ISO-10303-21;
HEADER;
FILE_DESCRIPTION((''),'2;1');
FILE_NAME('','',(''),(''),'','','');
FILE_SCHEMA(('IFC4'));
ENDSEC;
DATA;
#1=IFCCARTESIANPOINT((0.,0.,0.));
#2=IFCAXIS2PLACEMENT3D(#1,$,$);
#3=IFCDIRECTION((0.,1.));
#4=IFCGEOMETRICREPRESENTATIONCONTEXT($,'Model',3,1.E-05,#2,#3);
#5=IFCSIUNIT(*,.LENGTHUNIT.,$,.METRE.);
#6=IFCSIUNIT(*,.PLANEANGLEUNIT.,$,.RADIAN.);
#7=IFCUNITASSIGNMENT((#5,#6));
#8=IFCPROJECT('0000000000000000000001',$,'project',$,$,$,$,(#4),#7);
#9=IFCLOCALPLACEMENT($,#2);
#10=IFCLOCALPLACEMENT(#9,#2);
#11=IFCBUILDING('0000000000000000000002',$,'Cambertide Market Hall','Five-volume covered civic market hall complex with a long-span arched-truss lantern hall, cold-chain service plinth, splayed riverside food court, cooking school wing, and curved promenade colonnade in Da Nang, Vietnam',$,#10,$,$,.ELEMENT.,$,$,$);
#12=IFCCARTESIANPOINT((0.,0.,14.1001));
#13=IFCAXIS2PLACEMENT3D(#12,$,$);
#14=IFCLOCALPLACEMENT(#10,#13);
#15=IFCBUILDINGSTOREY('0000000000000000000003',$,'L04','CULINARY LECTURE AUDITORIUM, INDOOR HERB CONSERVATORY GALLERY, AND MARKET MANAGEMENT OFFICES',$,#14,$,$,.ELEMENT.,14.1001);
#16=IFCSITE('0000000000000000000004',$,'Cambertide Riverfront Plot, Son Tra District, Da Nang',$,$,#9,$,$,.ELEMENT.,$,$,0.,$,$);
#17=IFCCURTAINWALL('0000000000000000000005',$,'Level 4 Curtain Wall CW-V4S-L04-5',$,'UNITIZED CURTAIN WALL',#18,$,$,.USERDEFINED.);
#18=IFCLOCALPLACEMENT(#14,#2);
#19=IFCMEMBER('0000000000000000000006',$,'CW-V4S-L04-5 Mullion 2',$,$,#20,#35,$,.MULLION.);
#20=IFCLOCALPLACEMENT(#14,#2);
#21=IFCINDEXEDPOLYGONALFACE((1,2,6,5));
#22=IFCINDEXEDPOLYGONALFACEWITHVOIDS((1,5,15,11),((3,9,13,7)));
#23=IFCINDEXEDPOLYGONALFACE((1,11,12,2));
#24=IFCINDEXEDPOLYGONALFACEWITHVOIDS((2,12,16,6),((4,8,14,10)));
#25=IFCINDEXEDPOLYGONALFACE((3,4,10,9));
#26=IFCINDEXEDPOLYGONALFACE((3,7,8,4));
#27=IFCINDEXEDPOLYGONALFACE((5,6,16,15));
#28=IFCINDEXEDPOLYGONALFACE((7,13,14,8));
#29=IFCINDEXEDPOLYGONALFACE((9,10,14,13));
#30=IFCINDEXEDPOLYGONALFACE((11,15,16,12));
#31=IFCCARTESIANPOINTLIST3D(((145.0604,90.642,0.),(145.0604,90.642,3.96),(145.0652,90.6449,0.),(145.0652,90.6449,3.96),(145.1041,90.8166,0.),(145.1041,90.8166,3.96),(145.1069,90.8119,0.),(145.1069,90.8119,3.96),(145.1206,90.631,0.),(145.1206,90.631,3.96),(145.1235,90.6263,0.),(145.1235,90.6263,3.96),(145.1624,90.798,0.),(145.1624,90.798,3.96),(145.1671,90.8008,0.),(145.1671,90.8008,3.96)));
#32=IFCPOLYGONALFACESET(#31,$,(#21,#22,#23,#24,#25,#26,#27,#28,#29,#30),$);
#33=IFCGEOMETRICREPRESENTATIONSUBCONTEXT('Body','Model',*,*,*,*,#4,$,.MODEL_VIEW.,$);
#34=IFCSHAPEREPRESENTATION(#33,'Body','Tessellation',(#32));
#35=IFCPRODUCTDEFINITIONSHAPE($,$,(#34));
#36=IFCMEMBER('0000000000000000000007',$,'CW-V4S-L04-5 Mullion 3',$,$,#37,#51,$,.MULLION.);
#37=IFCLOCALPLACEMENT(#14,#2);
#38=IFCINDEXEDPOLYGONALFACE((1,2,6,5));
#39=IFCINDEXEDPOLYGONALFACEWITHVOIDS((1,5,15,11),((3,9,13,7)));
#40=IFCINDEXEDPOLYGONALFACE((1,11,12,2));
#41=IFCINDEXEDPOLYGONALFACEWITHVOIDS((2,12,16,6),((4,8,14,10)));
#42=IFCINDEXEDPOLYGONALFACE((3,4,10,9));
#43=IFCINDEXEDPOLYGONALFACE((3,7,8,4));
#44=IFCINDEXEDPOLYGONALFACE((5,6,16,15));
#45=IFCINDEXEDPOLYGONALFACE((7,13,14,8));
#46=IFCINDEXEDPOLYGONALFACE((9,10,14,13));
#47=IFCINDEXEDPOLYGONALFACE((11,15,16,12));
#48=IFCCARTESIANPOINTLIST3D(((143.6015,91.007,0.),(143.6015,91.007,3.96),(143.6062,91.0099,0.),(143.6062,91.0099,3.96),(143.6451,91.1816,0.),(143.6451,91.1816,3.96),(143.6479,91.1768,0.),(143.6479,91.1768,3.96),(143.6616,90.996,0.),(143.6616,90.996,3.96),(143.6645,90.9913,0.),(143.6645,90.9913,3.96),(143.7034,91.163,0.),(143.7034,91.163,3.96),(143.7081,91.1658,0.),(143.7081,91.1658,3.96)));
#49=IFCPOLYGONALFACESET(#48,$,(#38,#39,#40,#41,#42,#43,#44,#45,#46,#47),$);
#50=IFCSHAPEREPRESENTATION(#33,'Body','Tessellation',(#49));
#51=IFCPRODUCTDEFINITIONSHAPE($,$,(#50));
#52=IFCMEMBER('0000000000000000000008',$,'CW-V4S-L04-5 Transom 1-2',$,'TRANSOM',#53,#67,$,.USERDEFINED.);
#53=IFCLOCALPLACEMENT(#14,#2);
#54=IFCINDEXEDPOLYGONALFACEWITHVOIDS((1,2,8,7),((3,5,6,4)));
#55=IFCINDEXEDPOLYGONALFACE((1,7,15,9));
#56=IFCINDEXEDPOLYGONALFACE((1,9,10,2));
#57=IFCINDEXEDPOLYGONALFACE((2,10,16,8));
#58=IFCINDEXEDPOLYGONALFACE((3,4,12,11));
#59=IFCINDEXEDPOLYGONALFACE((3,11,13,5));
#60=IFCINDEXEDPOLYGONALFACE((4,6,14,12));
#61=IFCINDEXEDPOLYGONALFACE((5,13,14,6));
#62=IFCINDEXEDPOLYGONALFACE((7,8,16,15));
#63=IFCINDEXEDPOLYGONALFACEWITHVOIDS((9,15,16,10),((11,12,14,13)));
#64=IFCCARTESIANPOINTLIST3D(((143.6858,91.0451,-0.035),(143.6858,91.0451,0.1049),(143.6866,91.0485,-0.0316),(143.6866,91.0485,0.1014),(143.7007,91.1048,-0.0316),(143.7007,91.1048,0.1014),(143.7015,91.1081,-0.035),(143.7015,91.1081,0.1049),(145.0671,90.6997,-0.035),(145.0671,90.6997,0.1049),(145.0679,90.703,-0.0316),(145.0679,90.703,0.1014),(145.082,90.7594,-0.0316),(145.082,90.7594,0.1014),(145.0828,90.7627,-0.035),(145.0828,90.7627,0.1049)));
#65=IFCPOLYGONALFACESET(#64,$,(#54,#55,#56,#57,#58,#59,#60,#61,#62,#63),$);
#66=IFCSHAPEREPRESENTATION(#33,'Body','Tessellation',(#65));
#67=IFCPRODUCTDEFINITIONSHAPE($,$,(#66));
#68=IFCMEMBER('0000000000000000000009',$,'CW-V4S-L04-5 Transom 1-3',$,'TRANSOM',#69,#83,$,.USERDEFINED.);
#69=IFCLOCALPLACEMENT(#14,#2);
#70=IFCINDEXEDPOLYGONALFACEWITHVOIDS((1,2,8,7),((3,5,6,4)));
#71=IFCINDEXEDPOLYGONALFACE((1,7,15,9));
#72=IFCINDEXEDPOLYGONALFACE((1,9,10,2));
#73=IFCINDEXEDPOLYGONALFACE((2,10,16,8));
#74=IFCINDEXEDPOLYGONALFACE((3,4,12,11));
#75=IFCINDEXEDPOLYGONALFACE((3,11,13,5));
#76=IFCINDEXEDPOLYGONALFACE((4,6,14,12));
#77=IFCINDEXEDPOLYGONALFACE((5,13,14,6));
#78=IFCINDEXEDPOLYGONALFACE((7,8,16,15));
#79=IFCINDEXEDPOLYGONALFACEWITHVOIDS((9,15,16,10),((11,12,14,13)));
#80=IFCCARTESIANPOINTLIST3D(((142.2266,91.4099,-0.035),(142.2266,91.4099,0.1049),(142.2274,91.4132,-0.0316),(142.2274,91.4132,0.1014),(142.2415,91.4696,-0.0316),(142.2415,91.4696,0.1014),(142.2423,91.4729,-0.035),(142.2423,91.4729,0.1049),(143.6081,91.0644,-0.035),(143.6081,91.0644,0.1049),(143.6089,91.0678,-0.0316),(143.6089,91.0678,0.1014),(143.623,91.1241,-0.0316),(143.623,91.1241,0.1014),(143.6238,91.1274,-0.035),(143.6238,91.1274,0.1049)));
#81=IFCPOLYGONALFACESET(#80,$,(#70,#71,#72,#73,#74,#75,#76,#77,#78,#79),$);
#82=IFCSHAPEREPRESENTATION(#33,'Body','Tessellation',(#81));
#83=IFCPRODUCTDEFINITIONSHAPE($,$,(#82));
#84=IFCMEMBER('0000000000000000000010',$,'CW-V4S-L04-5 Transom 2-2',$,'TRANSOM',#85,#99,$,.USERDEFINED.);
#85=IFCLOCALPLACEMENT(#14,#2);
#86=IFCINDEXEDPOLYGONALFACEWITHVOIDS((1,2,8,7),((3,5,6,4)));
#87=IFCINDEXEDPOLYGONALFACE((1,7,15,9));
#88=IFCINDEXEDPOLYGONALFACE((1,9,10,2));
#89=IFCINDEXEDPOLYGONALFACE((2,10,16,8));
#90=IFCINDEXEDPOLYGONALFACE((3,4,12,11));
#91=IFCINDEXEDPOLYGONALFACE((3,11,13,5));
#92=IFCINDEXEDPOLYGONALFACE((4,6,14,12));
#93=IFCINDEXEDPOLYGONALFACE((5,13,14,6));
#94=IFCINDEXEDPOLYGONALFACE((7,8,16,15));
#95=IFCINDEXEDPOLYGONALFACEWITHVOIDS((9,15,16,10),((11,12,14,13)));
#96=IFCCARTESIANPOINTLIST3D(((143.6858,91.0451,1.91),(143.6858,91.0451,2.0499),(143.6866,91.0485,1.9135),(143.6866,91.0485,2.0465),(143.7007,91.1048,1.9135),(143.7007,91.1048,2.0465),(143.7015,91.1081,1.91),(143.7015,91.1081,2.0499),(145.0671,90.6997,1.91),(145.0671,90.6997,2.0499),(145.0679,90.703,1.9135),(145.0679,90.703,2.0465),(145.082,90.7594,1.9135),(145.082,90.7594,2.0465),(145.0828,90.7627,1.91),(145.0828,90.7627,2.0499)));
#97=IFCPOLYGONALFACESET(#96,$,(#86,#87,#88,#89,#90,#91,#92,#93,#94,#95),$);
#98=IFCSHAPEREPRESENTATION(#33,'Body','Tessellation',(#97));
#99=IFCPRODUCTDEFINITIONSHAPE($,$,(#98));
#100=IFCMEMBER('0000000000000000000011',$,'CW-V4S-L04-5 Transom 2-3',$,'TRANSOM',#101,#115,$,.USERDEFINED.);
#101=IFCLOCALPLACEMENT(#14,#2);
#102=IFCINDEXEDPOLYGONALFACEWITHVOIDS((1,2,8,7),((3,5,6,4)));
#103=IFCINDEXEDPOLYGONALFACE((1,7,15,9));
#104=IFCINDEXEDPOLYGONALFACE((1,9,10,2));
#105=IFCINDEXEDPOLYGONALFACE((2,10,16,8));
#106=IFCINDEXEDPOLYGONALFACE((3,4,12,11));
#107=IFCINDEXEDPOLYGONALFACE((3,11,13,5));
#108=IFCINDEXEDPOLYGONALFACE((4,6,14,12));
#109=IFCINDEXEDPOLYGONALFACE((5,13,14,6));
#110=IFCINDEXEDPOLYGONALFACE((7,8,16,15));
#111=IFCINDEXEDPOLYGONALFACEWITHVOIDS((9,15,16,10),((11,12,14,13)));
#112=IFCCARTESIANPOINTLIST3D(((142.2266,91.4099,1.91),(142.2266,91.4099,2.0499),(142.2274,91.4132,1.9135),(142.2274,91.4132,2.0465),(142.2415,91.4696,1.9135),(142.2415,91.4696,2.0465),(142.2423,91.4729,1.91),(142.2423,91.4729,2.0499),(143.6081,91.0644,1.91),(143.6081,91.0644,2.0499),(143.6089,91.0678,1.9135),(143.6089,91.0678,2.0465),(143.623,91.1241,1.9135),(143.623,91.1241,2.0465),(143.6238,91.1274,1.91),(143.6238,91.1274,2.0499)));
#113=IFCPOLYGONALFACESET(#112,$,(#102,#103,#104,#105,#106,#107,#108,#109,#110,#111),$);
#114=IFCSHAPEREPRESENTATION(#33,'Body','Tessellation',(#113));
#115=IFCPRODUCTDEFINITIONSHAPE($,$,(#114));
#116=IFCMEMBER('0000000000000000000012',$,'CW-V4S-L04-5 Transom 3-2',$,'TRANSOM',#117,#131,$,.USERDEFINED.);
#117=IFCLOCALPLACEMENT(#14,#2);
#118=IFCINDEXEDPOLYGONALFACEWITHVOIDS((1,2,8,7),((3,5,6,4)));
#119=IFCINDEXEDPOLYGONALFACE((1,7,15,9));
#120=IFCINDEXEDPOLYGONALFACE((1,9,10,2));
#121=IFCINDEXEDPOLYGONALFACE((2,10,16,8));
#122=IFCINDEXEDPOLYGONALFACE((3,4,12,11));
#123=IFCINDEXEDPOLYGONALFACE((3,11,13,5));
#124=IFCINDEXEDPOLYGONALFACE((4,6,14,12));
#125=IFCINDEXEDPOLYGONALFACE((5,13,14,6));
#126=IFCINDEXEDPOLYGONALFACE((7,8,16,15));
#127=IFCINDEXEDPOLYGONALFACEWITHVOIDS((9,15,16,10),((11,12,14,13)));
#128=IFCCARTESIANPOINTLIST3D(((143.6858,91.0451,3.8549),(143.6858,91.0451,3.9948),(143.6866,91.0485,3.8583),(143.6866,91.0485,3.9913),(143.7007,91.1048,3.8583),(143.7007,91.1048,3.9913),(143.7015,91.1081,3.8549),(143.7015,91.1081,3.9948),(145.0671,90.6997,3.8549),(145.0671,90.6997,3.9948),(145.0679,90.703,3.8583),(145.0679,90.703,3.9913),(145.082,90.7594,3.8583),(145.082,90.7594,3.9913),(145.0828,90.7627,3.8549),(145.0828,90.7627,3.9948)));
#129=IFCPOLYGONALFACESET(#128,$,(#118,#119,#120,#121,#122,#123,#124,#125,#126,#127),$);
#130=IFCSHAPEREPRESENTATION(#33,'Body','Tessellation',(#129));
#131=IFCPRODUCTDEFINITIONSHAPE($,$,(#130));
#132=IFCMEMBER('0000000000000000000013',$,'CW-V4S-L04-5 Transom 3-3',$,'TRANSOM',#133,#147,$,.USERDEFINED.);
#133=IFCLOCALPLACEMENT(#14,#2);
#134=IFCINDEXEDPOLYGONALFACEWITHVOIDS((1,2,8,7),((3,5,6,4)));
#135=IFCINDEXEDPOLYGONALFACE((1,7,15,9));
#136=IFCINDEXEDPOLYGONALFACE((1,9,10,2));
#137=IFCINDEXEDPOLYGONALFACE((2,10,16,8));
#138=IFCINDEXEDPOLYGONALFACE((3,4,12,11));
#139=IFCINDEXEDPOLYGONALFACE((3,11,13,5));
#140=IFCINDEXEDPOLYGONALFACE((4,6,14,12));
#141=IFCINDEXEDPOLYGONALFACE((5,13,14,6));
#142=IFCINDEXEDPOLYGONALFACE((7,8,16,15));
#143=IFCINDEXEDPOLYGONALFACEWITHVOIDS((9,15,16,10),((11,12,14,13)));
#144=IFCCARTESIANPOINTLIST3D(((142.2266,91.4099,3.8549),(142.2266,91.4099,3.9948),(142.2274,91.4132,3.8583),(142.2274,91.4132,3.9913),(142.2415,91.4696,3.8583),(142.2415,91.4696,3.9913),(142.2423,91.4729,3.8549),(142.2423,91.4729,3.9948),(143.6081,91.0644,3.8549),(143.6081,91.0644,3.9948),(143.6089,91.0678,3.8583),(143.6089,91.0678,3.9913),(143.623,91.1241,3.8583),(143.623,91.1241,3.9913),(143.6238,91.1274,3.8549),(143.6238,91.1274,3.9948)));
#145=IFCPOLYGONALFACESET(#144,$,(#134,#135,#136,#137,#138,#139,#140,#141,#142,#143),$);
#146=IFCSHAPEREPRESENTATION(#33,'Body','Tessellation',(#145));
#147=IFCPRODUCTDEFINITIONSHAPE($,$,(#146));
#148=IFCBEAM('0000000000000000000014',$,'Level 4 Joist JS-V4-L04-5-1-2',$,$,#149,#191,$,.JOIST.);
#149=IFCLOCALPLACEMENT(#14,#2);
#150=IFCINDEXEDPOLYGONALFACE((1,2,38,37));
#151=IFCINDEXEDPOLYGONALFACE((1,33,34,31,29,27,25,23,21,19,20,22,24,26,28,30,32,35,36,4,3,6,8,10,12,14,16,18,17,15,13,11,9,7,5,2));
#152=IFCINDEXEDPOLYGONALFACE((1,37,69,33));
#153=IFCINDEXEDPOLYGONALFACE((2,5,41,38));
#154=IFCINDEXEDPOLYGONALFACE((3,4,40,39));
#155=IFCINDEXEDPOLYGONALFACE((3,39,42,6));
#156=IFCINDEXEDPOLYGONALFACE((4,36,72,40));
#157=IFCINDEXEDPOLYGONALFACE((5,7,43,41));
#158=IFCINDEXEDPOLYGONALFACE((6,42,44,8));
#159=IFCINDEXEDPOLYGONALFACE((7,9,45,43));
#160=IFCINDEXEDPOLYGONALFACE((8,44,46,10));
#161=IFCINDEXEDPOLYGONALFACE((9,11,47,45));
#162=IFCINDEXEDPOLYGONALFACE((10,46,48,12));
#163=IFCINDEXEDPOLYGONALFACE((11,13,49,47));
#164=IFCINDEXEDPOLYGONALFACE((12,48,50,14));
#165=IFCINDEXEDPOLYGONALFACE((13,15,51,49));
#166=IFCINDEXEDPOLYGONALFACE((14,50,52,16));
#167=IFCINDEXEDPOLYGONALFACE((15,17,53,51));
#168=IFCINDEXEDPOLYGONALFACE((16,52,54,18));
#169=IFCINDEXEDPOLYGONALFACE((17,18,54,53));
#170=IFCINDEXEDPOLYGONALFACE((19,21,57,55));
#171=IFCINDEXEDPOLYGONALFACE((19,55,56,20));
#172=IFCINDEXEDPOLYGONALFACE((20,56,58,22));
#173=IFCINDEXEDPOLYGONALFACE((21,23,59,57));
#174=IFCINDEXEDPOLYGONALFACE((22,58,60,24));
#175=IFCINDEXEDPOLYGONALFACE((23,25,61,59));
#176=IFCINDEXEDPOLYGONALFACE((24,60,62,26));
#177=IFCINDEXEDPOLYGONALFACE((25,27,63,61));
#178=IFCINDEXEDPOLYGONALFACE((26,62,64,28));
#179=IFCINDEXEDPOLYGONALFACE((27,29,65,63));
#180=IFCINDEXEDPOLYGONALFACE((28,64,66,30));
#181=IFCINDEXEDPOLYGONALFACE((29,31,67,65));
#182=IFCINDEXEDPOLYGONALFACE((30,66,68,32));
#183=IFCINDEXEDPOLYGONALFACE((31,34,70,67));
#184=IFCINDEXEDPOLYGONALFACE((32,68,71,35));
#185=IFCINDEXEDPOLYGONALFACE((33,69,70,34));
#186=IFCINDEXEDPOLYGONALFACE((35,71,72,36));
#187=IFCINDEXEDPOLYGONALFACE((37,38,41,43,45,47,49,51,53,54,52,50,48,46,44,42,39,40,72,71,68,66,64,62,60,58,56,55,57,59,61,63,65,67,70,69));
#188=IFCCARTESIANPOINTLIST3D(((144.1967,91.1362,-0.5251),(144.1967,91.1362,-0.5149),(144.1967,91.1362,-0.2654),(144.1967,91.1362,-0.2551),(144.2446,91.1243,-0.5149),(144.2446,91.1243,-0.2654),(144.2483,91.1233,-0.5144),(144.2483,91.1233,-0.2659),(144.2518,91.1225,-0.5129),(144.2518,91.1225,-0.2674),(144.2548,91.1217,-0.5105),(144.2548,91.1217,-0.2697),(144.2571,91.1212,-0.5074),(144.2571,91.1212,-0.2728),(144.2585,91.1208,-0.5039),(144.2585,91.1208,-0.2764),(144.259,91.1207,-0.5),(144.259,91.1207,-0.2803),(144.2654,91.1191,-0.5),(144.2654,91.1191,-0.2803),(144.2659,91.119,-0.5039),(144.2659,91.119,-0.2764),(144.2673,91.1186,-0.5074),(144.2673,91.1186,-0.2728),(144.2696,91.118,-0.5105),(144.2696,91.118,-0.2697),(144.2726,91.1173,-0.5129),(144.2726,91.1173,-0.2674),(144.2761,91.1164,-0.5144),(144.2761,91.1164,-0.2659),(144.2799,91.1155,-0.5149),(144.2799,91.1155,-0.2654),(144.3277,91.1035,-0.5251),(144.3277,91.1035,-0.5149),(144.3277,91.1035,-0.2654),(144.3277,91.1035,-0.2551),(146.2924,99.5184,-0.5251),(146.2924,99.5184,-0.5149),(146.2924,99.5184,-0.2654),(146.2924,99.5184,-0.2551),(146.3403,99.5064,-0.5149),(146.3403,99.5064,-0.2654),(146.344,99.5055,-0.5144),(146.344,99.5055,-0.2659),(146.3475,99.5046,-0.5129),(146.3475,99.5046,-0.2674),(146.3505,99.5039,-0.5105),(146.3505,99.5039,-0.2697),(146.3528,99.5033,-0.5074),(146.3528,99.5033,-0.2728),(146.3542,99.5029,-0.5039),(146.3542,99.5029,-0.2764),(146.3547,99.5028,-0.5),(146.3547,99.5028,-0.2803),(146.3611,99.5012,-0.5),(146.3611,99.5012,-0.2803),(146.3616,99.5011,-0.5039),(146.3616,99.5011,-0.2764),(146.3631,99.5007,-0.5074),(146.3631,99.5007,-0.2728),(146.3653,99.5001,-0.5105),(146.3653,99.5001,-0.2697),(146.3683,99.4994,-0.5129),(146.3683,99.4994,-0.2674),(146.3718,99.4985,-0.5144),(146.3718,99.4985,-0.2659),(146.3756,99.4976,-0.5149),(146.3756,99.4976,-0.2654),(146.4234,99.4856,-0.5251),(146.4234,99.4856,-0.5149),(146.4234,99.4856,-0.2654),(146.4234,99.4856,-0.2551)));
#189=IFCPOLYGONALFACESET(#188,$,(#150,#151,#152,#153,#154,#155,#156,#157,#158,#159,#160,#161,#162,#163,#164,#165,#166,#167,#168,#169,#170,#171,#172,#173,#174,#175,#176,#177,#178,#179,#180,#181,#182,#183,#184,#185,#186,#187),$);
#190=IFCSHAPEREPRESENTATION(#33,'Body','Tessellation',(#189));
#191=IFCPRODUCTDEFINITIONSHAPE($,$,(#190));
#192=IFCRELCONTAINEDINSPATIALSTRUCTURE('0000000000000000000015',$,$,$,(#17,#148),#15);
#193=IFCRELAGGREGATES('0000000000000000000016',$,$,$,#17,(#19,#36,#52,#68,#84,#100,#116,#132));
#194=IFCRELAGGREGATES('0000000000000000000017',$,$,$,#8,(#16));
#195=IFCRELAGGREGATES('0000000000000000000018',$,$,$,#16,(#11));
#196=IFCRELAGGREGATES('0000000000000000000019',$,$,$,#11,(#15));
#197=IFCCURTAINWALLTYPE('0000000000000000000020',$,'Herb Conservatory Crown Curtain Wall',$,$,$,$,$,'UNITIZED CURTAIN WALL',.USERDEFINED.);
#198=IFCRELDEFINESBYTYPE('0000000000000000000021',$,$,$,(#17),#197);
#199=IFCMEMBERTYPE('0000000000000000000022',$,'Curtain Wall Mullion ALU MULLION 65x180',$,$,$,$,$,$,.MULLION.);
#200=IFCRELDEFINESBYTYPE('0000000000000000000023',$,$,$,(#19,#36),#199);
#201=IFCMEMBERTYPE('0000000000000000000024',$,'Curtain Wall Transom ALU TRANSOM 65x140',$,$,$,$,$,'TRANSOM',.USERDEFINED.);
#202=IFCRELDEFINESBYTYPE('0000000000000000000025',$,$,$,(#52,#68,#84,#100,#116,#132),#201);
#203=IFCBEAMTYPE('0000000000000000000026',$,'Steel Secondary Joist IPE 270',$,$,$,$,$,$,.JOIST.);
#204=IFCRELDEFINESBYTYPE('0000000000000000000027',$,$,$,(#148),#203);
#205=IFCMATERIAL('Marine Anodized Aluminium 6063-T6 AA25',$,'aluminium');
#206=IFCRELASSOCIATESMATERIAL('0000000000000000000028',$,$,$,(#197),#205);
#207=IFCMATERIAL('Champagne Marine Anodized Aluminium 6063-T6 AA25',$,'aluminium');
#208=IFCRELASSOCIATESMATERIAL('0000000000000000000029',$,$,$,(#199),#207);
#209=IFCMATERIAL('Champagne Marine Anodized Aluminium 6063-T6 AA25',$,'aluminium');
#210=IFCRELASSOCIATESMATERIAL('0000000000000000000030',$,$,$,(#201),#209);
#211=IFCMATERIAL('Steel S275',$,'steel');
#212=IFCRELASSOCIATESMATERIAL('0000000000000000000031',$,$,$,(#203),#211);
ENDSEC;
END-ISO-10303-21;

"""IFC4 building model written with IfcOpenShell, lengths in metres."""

from ifc_helpers import new_model, si_unit, direction, frame, origin, origin_2d, place, context, subcontext, project, spatial, hollow_rectangle, i_section, extrude, material, material_profile, profile_set, type_object, element, aggregate, save


model = new_model("IFC4")

# Units and contexts
model_context = context("Model", 3, precision=1e-05, world=origin(), true_north=direction((0.0, 1.0)))
body_context = subcontext(model_context, "Body", "Model", "MODEL_VIEW")
ifc_project = project(units=[si_unit("LENGTHUNIT", "METRE"), si_unit("PLANEANGLEUNIT", "RADIAN")], contexts=[model_context])

# Site, building, storey
site_placement = place(None, origin())
site = spatial("IfcSite", under=ifc_project, at=site_placement, Name="Cambertide Riverfront Plot, Son Tra District, Da Nang", CompositionType="ELEMENT", RefElevation=0.0)
building_placement = place(site_placement, origin())
building = spatial("IfcBuilding", under=site, at=building_placement, Name="Cambertide Market Hall", Description="Five-volume covered civic market hall complex with a long-span arched-truss lantern hall, cold-chain service plinth, splayed riverside food court, cooking school wing, and curved promenade colonnade in Da Nang, Vietnam", CompositionType="ELEMENT")
storey_placement = place(building_placement, frame((0.0, 0.0, 14.1001)))
storey = spatial("IfcBuildingStorey", under=building, at=storey_placement, Name="L04", Description="CULINARY LECTURE AUDITORIUM, INDOOR HERB CONSERVATORY GALLERY, AND MARKET MANAGEMENT OFFICES", CompositionType="ELEMENT", Elevation=14.1001)

# Curtain wall, members
ifc_material_1 = material(Name="Marine Anodized Aluminium 6063-T6 AA25", Category="aluminium")
curtain_wall_type = type_object("IfcCurtainWallType", Name="Herb Conservatory Crown Curtain Wall", ElementType="UNITIZED CURTAIN WALL", PredefinedType="USERDEFINED", material=ifc_material_1)
curtain_wall_placement = place(storey_placement, origin())
curtain_wall = element("IfcCurtainWall", 1, at=curtain_wall_placement, inside=storey, type_object=curtain_wall_type, Name="Level 4 Curtain Wall CW-V4S-L04-5", ObjectType="UNITIZED CURTAIN WALL", PredefinedType="USERDEFINED")
ifc_material_2 = material(Name="Champagne Marine Anodized Aluminium 6063-T6 AA25", Category="aluminium")
ifc_material_profile_1 = material_profile(ifc_material_2, hollow_rectangle(XDim=0.0649, YDim=0.1799, WallThickness=0.0039, at=origin_2d()), Name="ALU MULLION 65x180")
ifc_profile_set_1 = profile_set([ifc_material_profile_1], Name="Champagne Marine Anodized Aluminium 6063-T6 AA25")
member_type_1 = type_object("IfcMemberType", Name="Curtain Wall Mullion ALU MULLION 65x180", PredefinedType="MULLION", material=ifc_profile_set_1)
member_1_placement = place(storey_placement, frame((145.1138, 90.7214, 0.0), z_axis=(0.0, 0.0, 1.0), x_axis=(-0.970143, 0.242535, 0.0)))
member_1 = element("IfcMember", 2, at=member_1_placement, type_object=member_type_1, Name="CW-V4S-L04-5 Mullion 2", PredefinedType="MULLION", context=body_context, shape_type="SweptSolid", body=[
    extrude(hollow_rectangle(XDim=0.0649, YDim=0.1799, WallThickness=0.0039, at=origin_2d()), origin(), (0.0, 0.0, 1.0), 3.96),
])
member_2_placement = place(storey_placement, frame((143.6548, 91.0864, 0.0), z_axis=(0.0, 0.0, 1.0), x_axis=(-0.970143, 0.242535, 0.0)))
member_2 = element("IfcMember", 3, at=member_2_placement, type_object=member_type_1, Name="CW-V4S-L04-5 Mullion 3", PredefinedType="MULLION", context=body_context, shape_type="SweptSolid", body=[
    extrude(hollow_rectangle(XDim=0.0649, YDim=0.1799, WallThickness=0.0039, at=origin_2d()), origin(), (0.0, 0.0, 1.0), 3.96),
])
ifc_material_3 = material(Name="Champagne Marine Anodized Aluminium 6063-T6 AA25", Category="aluminium")
ifc_material_profile_2 = material_profile(ifc_material_3, hollow_rectangle(XDim=0.0649, YDim=0.1399, WallThickness=0.0034, at=origin_2d()), Name="ALU TRANSOM 65x140")
ifc_profile_set_2 = profile_set([ifc_material_profile_2], Name="Champagne Marine Anodized Aluminium 6063-T6 AA25")
member_type_2 = type_object("IfcMemberType", Name="Curtain Wall Transom ALU TRANSOM 65x140", ElementType="TRANSOM", PredefinedType="USERDEFINED", material=ifc_profile_set_2)
member_3_placement = place(storey_placement, frame((145.075, 90.7312, 0.0349), z_axis=(-0.970122, 0.242616, 0.0), x_axis=(-0.242616, -0.970122, 0.0)))
member_3 = element("IfcMember", 4, at=member_3_placement, type_object=member_type_2, Name="CW-V4S-L04-5 Transom 1-2", ObjectType="TRANSOM", PredefinedType="USERDEFINED", context=body_context, shape_type="SweptSolid", body=[
    extrude(hollow_rectangle(XDim=0.0649, YDim=0.1399, WallThickness=0.0034, at=origin_2d()), origin(), (0.0, 0.0, 1.0), 1.4238),
])
member_4_placement = place(storey_placement, frame((143.616, 91.0959, 0.0349), z_axis=(-0.970132, 0.242576, 0.0), x_axis=(-0.242576, -0.970132, 0.0)))
member_4 = element("IfcMember", 5, at=member_4_placement, type_object=member_type_2, Name="CW-V4S-L04-5 Transom 1-3", ObjectType="TRANSOM", PredefinedType="USERDEFINED", context=body_context, shape_type="SweptSolid", body=[
    extrude(hollow_rectangle(XDim=0.0649, YDim=0.1399, WallThickness=0.0034, at=origin_2d()), origin(), (0.0, 0.0, 1.0), 1.4241),
])
member_5_placement = place(storey_placement, frame((145.075, 90.7312, 1.98), z_axis=(-0.970122, 0.242616, 0.0), x_axis=(-0.242616, -0.970122, 0.0)))
member_5 = element("IfcMember", 6, at=member_5_placement, type_object=member_type_2, Name="CW-V4S-L04-5 Transom 2-2", ObjectType="TRANSOM", PredefinedType="USERDEFINED", context=body_context, shape_type="SweptSolid", body=[
    extrude(hollow_rectangle(XDim=0.0649, YDim=0.1399, WallThickness=0.0034, at=origin_2d()), origin(), (0.0, 0.0, 1.0), 1.4238),
])
member_6_placement = place(storey_placement, frame((143.616, 91.0959, 1.98), z_axis=(-0.970132, 0.242576, 0.0), x_axis=(-0.242576, -0.970132, 0.0)))
member_6 = element("IfcMember", 7, at=member_6_placement, type_object=member_type_2, Name="CW-V4S-L04-5 Transom 2-3", ObjectType="TRANSOM", PredefinedType="USERDEFINED", context=body_context, shape_type="SweptSolid", body=[
    extrude(hollow_rectangle(XDim=0.0649, YDim=0.1399, WallThickness=0.0034, at=origin_2d()), origin(), (0.0, 0.0, 1.0), 1.4241),
])
member_7_placement = place(storey_placement, frame((145.075, 90.7312, 3.9248), z_axis=(-0.970122, 0.242616, 0.0), x_axis=(-0.242616, -0.970122, 0.0)))
member_7 = element("IfcMember", 8, at=member_7_placement, type_object=member_type_2, Name="CW-V4S-L04-5 Transom 3-2", ObjectType="TRANSOM", PredefinedType="USERDEFINED", context=body_context, shape_type="SweptSolid", body=[
    extrude(hollow_rectangle(XDim=0.0649, YDim=0.1399, WallThickness=0.0034, at=origin_2d()), origin(), (0.0, 0.0, 1.0), 1.4238),
])
member_8_placement = place(storey_placement, frame((143.616, 91.0959, 3.9248), z_axis=(-0.970132, 0.242576, 0.0), x_axis=(-0.242576, -0.970132, 0.0)))
member_8 = element("IfcMember", 9, at=member_8_placement, type_object=member_type_2, Name="CW-V4S-L04-5 Transom 3-3", ObjectType="TRANSOM", PredefinedType="USERDEFINED", context=body_context, shape_type="SweptSolid", body=[
    extrude(hollow_rectangle(XDim=0.0649, YDim=0.1399, WallThickness=0.0034, at=origin_2d()), origin(), (0.0, 0.0, 1.0), 1.4241),
])

# Beam
ifc_material_4 = material(Name="Steel S275", Category="steel")
ifc_material_profile_3 = material_profile(ifc_material_4, i_section(OverallWidth=0.135, OverallDepth=0.27, WebThickness=0.0066, FlangeThickness=0.0103, FilletRadius=0.0149, at=origin_2d()), Name="IPE 270")
ifc_profile_set_3 = profile_set([ifc_material_profile_3], Name="Steel S275")
beam_type = type_object("IfcBeamType", Name="Steel Secondary Joist IPE 270", PredefinedType="JOIST", material=ifc_profile_set_3)
beam_placement = place(storey_placement, frame((144.2622, 91.1199, -0.3901), z_axis=(0.242556, 0.970138, 0.0), x_axis=(-0.970138, 0.242556, 0.0)))
element("IfcBeam", 10, at=beam_placement, inside=storey, type_object=beam_type, Name="Level 4 Joist JS-V4-L04-5-1-2", PredefinedType="JOIST", context=body_context, shape_type="SweptSolid", body=[
    extrude(i_section(OverallWidth=0.135, OverallDepth=0.27, WebThickness=0.0066, FlangeThickness=0.0103, FilletRadius=0.0149, at=origin_2d()), origin(), (0.0, 0.0, 1.0), 8.6401),
])

aggregate(curtain_wall, [member_1, member_2, member_3, member_4, member_5, member_6, member_7, member_8])

save(model, "model.ifc")
